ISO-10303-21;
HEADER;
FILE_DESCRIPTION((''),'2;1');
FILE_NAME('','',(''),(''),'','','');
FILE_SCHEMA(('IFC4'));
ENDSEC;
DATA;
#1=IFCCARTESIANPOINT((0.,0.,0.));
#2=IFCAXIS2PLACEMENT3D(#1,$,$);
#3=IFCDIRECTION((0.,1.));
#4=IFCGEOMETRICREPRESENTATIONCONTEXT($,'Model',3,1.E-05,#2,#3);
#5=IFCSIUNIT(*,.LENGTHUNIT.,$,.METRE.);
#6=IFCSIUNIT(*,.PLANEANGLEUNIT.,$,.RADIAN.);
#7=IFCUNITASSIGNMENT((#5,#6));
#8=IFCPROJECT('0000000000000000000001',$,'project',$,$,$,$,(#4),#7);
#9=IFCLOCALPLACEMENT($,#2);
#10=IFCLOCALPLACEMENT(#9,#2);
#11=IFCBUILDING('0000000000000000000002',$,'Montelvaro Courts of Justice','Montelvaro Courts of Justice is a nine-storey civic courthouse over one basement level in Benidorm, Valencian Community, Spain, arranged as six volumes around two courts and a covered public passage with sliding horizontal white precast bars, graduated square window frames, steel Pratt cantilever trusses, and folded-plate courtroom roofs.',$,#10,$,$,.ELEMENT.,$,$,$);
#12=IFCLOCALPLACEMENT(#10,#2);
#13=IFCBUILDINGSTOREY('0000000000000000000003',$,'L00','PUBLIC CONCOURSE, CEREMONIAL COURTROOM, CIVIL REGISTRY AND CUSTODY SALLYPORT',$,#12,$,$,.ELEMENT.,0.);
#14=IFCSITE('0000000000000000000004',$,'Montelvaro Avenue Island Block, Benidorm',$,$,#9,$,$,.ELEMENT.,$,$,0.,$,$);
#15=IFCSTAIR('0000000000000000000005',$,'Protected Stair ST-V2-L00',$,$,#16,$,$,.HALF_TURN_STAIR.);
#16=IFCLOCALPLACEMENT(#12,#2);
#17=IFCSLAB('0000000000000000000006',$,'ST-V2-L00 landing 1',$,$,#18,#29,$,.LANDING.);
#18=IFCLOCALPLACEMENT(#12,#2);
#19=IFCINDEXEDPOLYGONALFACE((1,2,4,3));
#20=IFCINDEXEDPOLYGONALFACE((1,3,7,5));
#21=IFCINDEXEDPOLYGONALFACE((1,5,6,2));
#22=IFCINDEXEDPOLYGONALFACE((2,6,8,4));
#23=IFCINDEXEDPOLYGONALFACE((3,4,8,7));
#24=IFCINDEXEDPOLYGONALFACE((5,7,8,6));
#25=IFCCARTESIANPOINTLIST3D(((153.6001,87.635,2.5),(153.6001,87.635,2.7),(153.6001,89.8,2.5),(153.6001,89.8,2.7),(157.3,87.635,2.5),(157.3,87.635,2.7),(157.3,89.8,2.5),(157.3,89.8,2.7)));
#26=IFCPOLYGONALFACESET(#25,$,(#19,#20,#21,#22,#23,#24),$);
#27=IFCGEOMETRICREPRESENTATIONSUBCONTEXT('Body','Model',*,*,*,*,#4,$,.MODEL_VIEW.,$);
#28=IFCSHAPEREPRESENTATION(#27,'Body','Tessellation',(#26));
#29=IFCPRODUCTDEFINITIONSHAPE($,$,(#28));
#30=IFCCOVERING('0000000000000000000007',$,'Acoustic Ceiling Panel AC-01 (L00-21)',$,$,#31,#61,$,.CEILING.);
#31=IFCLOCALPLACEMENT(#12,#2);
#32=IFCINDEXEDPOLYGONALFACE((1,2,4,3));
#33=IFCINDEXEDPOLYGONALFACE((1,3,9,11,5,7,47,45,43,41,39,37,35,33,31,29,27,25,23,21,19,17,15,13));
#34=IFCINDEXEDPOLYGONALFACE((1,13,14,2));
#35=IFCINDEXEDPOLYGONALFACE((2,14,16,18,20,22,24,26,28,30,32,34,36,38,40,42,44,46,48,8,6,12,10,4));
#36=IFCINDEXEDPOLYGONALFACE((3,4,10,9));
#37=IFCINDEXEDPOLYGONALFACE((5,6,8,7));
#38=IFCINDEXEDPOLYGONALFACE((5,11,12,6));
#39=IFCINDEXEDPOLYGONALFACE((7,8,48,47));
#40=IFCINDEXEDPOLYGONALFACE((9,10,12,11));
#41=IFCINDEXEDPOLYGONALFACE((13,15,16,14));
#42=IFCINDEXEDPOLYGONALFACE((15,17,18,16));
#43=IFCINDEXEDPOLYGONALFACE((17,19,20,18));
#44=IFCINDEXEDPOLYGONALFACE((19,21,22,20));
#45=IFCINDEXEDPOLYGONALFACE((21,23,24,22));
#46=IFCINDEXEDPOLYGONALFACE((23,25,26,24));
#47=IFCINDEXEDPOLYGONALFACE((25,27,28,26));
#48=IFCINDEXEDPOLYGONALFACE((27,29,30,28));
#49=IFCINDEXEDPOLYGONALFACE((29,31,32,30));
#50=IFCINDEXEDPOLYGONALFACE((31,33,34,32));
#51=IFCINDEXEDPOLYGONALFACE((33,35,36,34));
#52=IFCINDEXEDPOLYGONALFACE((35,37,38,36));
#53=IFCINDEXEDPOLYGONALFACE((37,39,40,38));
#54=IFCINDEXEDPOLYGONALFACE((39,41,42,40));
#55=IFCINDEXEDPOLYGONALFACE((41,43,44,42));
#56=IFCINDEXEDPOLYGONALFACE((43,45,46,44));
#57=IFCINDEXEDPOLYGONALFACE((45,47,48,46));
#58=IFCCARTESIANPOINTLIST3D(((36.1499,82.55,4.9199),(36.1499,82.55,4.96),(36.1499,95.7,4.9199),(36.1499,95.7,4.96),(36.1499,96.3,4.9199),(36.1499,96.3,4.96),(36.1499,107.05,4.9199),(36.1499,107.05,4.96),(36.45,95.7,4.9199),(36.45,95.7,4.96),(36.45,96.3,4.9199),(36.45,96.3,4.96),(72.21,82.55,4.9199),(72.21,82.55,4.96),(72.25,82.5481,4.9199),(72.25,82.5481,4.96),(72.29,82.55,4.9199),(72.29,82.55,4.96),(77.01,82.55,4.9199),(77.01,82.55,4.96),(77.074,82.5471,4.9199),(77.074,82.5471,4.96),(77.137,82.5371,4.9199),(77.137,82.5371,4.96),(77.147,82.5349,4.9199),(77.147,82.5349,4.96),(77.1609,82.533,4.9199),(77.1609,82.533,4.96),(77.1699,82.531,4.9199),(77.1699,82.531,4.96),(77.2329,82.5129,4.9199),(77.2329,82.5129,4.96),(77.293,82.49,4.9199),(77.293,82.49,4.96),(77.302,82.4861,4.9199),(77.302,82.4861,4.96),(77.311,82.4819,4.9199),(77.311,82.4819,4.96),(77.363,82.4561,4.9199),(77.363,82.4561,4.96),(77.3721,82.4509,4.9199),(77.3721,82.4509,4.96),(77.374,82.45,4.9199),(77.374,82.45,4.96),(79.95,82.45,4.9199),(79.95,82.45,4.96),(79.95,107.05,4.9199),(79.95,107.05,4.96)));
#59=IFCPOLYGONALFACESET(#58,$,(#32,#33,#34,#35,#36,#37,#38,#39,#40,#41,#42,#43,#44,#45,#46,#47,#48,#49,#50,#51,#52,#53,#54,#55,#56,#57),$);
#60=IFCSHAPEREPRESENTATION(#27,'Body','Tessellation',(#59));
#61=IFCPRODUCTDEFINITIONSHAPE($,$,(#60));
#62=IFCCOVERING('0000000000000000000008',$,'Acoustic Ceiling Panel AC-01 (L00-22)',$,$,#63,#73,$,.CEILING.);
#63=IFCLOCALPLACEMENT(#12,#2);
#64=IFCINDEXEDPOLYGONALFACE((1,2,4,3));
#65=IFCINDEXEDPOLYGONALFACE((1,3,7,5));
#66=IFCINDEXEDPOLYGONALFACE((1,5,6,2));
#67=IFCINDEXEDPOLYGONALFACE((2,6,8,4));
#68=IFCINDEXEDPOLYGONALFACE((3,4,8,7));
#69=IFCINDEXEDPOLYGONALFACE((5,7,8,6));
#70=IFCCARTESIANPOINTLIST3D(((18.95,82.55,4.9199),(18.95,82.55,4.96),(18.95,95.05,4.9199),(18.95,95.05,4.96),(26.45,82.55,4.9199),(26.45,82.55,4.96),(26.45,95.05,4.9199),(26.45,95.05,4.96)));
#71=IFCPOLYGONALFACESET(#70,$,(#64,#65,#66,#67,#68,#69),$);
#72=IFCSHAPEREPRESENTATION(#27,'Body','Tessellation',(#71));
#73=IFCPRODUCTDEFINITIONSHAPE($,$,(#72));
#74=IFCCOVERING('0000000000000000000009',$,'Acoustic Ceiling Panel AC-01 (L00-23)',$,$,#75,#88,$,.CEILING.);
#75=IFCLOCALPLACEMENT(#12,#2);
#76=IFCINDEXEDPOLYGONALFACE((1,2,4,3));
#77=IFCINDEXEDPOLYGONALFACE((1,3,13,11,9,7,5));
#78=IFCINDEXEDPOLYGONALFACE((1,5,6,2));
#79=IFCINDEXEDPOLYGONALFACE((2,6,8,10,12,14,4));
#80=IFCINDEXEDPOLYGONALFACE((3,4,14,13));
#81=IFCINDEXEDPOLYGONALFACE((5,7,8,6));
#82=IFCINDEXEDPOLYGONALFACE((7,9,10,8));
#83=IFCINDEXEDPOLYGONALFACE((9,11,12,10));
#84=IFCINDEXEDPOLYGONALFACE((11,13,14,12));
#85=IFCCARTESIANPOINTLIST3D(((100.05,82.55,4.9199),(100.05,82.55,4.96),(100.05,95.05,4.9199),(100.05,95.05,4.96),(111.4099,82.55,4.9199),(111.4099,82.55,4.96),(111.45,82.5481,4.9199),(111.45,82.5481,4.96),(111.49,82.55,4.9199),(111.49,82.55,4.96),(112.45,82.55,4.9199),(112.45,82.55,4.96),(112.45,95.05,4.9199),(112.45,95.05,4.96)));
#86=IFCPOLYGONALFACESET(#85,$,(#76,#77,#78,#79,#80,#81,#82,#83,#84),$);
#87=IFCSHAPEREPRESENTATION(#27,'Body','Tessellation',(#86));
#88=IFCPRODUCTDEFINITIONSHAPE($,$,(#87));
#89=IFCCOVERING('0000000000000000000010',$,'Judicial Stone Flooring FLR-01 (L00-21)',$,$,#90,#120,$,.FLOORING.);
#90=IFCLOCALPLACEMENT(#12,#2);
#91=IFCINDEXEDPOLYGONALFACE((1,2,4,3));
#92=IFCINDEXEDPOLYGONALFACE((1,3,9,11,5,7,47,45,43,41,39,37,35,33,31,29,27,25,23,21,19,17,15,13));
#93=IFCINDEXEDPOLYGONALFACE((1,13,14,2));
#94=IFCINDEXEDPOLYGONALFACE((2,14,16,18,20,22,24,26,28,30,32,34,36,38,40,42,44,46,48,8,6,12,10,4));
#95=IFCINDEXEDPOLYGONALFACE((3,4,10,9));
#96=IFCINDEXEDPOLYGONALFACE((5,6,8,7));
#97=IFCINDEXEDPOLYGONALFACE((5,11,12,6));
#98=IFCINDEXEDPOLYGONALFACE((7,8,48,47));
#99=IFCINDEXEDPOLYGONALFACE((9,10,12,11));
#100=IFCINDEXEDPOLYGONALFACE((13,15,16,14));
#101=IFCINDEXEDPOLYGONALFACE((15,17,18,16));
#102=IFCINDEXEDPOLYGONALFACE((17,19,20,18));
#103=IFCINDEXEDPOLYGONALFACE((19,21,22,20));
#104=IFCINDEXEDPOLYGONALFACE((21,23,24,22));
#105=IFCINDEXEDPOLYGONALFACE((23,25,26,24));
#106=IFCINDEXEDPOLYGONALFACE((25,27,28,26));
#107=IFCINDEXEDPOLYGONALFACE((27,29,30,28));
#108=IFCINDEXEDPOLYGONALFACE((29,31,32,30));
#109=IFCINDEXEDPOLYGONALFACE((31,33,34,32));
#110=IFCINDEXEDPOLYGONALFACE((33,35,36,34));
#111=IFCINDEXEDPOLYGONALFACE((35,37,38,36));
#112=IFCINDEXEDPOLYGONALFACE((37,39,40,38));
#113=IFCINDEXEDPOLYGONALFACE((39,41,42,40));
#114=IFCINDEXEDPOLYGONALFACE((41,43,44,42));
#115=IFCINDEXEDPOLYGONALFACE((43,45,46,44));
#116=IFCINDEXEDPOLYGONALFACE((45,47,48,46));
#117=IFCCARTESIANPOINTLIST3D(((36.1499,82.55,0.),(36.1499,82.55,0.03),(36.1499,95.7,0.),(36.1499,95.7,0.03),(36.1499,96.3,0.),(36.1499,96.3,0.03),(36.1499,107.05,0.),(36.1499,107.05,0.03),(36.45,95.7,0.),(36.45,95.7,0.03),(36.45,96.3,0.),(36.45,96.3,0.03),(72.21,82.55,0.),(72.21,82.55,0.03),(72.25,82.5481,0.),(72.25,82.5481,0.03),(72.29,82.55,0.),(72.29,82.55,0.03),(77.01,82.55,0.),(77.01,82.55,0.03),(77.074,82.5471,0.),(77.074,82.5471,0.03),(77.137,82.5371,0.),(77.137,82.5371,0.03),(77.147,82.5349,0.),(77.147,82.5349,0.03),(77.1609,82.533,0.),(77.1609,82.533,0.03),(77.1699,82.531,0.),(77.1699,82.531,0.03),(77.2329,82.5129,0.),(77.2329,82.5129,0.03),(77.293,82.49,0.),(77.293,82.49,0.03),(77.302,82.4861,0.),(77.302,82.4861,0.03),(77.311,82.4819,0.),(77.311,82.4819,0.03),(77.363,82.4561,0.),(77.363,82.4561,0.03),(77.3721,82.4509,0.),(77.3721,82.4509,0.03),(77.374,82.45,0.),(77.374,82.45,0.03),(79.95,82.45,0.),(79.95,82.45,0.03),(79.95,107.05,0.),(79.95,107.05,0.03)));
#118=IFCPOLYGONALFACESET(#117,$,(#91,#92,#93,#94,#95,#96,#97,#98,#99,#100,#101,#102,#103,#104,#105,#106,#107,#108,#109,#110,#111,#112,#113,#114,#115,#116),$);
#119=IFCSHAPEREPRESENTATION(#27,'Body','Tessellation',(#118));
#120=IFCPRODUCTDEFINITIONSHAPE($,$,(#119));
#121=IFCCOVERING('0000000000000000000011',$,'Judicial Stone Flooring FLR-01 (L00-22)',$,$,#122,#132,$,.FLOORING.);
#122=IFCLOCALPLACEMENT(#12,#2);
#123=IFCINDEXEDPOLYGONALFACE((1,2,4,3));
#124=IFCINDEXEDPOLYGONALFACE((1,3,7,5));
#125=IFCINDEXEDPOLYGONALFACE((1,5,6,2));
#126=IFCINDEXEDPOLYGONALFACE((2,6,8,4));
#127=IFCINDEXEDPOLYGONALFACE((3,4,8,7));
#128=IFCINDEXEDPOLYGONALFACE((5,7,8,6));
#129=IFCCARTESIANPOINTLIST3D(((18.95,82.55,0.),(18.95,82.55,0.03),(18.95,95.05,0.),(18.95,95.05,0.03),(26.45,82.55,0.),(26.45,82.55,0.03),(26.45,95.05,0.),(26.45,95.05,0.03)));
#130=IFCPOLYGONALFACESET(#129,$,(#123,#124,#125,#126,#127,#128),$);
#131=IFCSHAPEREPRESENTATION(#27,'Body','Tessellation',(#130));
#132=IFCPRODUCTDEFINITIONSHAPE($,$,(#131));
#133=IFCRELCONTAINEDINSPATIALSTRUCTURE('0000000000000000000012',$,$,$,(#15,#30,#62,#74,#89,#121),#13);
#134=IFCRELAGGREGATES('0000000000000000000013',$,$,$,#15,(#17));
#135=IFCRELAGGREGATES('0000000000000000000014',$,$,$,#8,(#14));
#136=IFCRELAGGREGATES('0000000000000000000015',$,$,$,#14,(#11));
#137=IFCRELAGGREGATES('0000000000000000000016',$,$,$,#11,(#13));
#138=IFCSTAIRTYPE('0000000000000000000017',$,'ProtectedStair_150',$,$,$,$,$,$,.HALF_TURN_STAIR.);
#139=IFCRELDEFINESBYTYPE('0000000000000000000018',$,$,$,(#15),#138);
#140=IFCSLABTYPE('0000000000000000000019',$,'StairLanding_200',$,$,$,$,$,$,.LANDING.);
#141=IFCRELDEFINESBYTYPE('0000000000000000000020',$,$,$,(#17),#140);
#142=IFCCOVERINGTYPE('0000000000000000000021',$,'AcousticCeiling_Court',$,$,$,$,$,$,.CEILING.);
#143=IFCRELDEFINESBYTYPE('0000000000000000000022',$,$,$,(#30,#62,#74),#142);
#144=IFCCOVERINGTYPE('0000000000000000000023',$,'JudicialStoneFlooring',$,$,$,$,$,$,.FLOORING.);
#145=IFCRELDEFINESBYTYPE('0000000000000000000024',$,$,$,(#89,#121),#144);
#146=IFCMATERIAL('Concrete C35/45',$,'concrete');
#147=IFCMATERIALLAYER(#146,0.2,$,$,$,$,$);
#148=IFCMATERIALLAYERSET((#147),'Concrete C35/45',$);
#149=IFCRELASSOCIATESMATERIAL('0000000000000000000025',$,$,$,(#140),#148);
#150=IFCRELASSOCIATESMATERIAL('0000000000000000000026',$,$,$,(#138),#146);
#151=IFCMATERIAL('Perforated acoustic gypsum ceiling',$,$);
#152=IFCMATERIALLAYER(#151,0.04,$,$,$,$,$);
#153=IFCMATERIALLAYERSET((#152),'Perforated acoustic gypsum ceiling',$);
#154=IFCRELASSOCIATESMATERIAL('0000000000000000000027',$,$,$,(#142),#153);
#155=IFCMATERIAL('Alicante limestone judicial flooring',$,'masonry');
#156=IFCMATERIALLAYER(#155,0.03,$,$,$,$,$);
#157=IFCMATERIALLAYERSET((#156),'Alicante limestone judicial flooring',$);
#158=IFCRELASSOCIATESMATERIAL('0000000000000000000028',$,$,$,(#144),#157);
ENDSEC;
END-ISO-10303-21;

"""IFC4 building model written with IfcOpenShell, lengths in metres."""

from ifc_helpers import new_model, si_unit, direction, frame, origin, place, context, subcontext, project, spatial, polyline, outline, extrude, material, layer, layer_set, type_object, element, aggregate, save


model = new_model("IFC4")

# Units and contexts
model_context = context("Model", 3, precision=1e-05, world=origin(), true_north=direction((0.0, 1.0)))
body_context = subcontext(model_context, "Body", "Model", "MODEL_VIEW")
ifc_project = project(units=[si_unit("LENGTHUNIT", "METRE"), si_unit("PLANEANGLEUNIT", "RADIAN")], contexts=[model_context])

# Site, building, storey
site_placement = place(None, origin())
site = spatial("IfcSite", under=ifc_project, at=site_placement, Name="Montelvaro Avenue Island Block, Benidorm", CompositionType="ELEMENT", RefElevation=0.0)
building_placement = place(site_placement, origin())
building = spatial("IfcBuilding", under=site, at=building_placement, Name="Montelvaro Courts of Justice", Description="Montelvaro Courts of Justice is a nine-storey civic courthouse over one basement level in Benidorm, Valencian Community, Spain, arranged as six volumes around two courts and a covered public passage with sliding horizontal white precast bars, graduated square window frames, steel Pratt cantilever trusses, and folded-plate courtroom roofs.", CompositionType="ELEMENT")
storey_placement = place(building_placement, origin())
storey = spatial("IfcBuildingStorey", under=building, at=storey_placement, Name="L00", Description="PUBLIC CONCOURSE, CEREMONIAL COURTROOM, CIVIL REGISTRY AND CUSTODY SALLYPORT", CompositionType="ELEMENT", Elevation=0.0)

# Shared definitions
ifc_material_1 = material(Name="Concrete C35/45", Category="concrete")

# Stair, slab
ifc_layer_1 = layer(ifc_material_1, 0.2)
ifc_layer_set_1 = layer_set([ifc_layer_1], Name="Concrete C35/45")
slab_type_1 = type_object("IfcSlabType", Name="StairLanding_200", PredefinedType="LANDING", material=ifc_layer_set_1)
stair_type_1 = type_object("IfcStairType", Name="ProtectedStair_150", PredefinedType="HALF_TURN_STAIR", material=ifc_material_1)
stair_1_placement = place(storey_placement, origin())
stair_1 = element("IfcStair", 1, at=stair_1_placement, inside=storey, type_object=stair_type_1, Name="Protected Stair ST-V2-L00", PredefinedType="HALF_TURN_STAIR")
slab_1_placement = place(storey_placement, frame((0.0, 0.0, 2.5)))
slab_1 = element("IfcSlab", 2, at=slab_1_placement, type_object=slab_type_1, Name="ST-V2-L00 landing 1", PredefinedType="LANDING", context=body_context, shape_type="SweptSolid", body=[
    extrude(outline(polyline([(153.6001, 87.635), (157.3, 87.635), (157.3, 89.8), (153.6001, 89.8), (153.6001, 87.635)])), origin(), (0.0, 0.0, 1.0), 0.2),
])
aggregate(stair_1, [slab_1])

# Coverings
ifc_material_2 = material(Name="Perforated acoustic gypsum ceiling")
ifc_layer_2 = layer(ifc_material_2, 0.04)
ifc_layer_set_2 = layer_set([ifc_layer_2], Name="Perforated acoustic gypsum ceiling")
covering_type_1 = type_object("IfcCoveringType", Name="AcousticCeiling_Court", PredefinedType="CEILING", material=ifc_layer_set_2)
covering_1_placement = place(storey_placement, frame((0.0, 0.0, 4.9199)))
element("IfcCovering", 3, at=covering_1_placement, inside=storey, type_object=covering_type_1, Name="Acoustic Ceiling Panel AC-01 (L00-21)", PredefinedType="CEILING", context=body_context, shape_type="SweptSolid", body=[
    extrude(outline(polyline([(77.363, 82.4561), (77.311, 82.4819), (77.302, 82.4861), (77.293, 82.49), (77.2329, 82.5129), (77.1699, 82.531), (77.1609, 82.533), (77.147, 82.5349), (77.137, 82.5371), (77.074, 82.5471), (77.01, 82.55), (72.29, 82.55), (72.25, 82.5481), (72.21, 82.55), (36.1499, 82.55), (36.1499, 95.7), (36.45, 95.7), (36.45, 96.3), (36.1499, 96.3), (36.1499, 107.05), (79.95, 107.05), (79.95, 82.45), (77.374, 82.45), (77.3721, 82.4509), (77.363, 82.4561)])), origin(), (0.0, 0.0, 1.0), 0.04),
])
covering_2_placement = place(storey_placement, frame((0.0, 0.0, 4.9199)))
element("IfcCovering", 4, at=covering_2_placement, inside=storey, type_object=covering_type_1, Name="Acoustic Ceiling Panel AC-01 (L00-22)", PredefinedType="CEILING", context=body_context, shape_type="SweptSolid", body=[
    extrude(outline(polyline([(26.45, 95.05), (26.45, 82.55), (18.95, 82.55), (18.95, 95.05), (26.45, 95.05)])), origin(), (0.0, 0.0, 1.0), 0.04),
])
covering_3_placement = place(storey_placement, frame((0.0, 0.0, 4.9199)))
element("IfcCovering", 5, at=covering_3_placement, inside=storey, type_object=covering_type_1, Name="Acoustic Ceiling Panel AC-01 (L00-23)", PredefinedType="CEILING", context=body_context, shape_type="SweptSolid", body=[
    extrude(outline(polyline([(100.05, 82.55), (100.05, 95.05), (112.45, 95.05), (112.45, 82.55), (111.49, 82.55), (111.45, 82.5481), (111.4099, 82.55), (100.05, 82.55)])), origin(), (0.0, 0.0, 1.0), 0.04),
])
ifc_material_3 = material(Name="Alicante limestone judicial flooring", Category="masonry")
ifc_layer_3 = layer(ifc_material_3, 0.03)
ifc_layer_set_3 = layer_set([ifc_layer_3], Name="Alicante limestone judicial flooring")
covering_type_2 = type_object("IfcCoveringType", Name="JudicialStoneFlooring", PredefinedType="FLOORING", material=ifc_layer_set_3)
covering_4_placement = place(storey_placement, origin())
element("IfcCovering", 6, at=covering_4_placement, inside=storey, type_object=covering_type_2, Name="Judicial Stone Flooring FLR-01 (L00-21)", PredefinedType="FLOORING", context=body_context, shape_type="SweptSolid", body=[
    extrude(outline(polyline([(77.363, 82.4561), (77.311, 82.4819), (77.302, 82.4861), (77.293, 82.49), (77.2329, 82.5129), (77.1699, 82.531), (77.1609, 82.533), (77.147, 82.5349), (77.137, 82.5371), (77.074, 82.5471), (77.01, 82.55), (72.29, 82.55), (72.25, 82.5481), (72.21, 82.55), (36.1499, 82.55), (36.1499, 95.7), (36.45, 95.7), (36.45, 96.3), (36.1499, 96.3), (36.1499, 107.05), (79.95, 107.05), (79.95, 82.45), (77.374, 82.45), (77.3721, 82.4509), (77.363, 82.4561)])), origin(), (0.0, 0.0, 1.0), 0.03),
])
covering_5_placement = place(storey_placement, origin())
element("IfcCovering", 7, at=covering_5_placement, inside=storey, type_object=covering_type_2, Name="Judicial Stone Flooring FLR-01 (L00-22)", PredefinedType="FLOORING", context=body_context, shape_type="SweptSolid", body=[
    extrude(outline(polyline([(26.45, 95.05), (26.45, 82.55), (18.95, 82.55), (18.95, 95.05), (26.45, 95.05)])), origin(), (0.0, 0.0, 1.0), 0.03),
])

save(model, "model.ifc")
